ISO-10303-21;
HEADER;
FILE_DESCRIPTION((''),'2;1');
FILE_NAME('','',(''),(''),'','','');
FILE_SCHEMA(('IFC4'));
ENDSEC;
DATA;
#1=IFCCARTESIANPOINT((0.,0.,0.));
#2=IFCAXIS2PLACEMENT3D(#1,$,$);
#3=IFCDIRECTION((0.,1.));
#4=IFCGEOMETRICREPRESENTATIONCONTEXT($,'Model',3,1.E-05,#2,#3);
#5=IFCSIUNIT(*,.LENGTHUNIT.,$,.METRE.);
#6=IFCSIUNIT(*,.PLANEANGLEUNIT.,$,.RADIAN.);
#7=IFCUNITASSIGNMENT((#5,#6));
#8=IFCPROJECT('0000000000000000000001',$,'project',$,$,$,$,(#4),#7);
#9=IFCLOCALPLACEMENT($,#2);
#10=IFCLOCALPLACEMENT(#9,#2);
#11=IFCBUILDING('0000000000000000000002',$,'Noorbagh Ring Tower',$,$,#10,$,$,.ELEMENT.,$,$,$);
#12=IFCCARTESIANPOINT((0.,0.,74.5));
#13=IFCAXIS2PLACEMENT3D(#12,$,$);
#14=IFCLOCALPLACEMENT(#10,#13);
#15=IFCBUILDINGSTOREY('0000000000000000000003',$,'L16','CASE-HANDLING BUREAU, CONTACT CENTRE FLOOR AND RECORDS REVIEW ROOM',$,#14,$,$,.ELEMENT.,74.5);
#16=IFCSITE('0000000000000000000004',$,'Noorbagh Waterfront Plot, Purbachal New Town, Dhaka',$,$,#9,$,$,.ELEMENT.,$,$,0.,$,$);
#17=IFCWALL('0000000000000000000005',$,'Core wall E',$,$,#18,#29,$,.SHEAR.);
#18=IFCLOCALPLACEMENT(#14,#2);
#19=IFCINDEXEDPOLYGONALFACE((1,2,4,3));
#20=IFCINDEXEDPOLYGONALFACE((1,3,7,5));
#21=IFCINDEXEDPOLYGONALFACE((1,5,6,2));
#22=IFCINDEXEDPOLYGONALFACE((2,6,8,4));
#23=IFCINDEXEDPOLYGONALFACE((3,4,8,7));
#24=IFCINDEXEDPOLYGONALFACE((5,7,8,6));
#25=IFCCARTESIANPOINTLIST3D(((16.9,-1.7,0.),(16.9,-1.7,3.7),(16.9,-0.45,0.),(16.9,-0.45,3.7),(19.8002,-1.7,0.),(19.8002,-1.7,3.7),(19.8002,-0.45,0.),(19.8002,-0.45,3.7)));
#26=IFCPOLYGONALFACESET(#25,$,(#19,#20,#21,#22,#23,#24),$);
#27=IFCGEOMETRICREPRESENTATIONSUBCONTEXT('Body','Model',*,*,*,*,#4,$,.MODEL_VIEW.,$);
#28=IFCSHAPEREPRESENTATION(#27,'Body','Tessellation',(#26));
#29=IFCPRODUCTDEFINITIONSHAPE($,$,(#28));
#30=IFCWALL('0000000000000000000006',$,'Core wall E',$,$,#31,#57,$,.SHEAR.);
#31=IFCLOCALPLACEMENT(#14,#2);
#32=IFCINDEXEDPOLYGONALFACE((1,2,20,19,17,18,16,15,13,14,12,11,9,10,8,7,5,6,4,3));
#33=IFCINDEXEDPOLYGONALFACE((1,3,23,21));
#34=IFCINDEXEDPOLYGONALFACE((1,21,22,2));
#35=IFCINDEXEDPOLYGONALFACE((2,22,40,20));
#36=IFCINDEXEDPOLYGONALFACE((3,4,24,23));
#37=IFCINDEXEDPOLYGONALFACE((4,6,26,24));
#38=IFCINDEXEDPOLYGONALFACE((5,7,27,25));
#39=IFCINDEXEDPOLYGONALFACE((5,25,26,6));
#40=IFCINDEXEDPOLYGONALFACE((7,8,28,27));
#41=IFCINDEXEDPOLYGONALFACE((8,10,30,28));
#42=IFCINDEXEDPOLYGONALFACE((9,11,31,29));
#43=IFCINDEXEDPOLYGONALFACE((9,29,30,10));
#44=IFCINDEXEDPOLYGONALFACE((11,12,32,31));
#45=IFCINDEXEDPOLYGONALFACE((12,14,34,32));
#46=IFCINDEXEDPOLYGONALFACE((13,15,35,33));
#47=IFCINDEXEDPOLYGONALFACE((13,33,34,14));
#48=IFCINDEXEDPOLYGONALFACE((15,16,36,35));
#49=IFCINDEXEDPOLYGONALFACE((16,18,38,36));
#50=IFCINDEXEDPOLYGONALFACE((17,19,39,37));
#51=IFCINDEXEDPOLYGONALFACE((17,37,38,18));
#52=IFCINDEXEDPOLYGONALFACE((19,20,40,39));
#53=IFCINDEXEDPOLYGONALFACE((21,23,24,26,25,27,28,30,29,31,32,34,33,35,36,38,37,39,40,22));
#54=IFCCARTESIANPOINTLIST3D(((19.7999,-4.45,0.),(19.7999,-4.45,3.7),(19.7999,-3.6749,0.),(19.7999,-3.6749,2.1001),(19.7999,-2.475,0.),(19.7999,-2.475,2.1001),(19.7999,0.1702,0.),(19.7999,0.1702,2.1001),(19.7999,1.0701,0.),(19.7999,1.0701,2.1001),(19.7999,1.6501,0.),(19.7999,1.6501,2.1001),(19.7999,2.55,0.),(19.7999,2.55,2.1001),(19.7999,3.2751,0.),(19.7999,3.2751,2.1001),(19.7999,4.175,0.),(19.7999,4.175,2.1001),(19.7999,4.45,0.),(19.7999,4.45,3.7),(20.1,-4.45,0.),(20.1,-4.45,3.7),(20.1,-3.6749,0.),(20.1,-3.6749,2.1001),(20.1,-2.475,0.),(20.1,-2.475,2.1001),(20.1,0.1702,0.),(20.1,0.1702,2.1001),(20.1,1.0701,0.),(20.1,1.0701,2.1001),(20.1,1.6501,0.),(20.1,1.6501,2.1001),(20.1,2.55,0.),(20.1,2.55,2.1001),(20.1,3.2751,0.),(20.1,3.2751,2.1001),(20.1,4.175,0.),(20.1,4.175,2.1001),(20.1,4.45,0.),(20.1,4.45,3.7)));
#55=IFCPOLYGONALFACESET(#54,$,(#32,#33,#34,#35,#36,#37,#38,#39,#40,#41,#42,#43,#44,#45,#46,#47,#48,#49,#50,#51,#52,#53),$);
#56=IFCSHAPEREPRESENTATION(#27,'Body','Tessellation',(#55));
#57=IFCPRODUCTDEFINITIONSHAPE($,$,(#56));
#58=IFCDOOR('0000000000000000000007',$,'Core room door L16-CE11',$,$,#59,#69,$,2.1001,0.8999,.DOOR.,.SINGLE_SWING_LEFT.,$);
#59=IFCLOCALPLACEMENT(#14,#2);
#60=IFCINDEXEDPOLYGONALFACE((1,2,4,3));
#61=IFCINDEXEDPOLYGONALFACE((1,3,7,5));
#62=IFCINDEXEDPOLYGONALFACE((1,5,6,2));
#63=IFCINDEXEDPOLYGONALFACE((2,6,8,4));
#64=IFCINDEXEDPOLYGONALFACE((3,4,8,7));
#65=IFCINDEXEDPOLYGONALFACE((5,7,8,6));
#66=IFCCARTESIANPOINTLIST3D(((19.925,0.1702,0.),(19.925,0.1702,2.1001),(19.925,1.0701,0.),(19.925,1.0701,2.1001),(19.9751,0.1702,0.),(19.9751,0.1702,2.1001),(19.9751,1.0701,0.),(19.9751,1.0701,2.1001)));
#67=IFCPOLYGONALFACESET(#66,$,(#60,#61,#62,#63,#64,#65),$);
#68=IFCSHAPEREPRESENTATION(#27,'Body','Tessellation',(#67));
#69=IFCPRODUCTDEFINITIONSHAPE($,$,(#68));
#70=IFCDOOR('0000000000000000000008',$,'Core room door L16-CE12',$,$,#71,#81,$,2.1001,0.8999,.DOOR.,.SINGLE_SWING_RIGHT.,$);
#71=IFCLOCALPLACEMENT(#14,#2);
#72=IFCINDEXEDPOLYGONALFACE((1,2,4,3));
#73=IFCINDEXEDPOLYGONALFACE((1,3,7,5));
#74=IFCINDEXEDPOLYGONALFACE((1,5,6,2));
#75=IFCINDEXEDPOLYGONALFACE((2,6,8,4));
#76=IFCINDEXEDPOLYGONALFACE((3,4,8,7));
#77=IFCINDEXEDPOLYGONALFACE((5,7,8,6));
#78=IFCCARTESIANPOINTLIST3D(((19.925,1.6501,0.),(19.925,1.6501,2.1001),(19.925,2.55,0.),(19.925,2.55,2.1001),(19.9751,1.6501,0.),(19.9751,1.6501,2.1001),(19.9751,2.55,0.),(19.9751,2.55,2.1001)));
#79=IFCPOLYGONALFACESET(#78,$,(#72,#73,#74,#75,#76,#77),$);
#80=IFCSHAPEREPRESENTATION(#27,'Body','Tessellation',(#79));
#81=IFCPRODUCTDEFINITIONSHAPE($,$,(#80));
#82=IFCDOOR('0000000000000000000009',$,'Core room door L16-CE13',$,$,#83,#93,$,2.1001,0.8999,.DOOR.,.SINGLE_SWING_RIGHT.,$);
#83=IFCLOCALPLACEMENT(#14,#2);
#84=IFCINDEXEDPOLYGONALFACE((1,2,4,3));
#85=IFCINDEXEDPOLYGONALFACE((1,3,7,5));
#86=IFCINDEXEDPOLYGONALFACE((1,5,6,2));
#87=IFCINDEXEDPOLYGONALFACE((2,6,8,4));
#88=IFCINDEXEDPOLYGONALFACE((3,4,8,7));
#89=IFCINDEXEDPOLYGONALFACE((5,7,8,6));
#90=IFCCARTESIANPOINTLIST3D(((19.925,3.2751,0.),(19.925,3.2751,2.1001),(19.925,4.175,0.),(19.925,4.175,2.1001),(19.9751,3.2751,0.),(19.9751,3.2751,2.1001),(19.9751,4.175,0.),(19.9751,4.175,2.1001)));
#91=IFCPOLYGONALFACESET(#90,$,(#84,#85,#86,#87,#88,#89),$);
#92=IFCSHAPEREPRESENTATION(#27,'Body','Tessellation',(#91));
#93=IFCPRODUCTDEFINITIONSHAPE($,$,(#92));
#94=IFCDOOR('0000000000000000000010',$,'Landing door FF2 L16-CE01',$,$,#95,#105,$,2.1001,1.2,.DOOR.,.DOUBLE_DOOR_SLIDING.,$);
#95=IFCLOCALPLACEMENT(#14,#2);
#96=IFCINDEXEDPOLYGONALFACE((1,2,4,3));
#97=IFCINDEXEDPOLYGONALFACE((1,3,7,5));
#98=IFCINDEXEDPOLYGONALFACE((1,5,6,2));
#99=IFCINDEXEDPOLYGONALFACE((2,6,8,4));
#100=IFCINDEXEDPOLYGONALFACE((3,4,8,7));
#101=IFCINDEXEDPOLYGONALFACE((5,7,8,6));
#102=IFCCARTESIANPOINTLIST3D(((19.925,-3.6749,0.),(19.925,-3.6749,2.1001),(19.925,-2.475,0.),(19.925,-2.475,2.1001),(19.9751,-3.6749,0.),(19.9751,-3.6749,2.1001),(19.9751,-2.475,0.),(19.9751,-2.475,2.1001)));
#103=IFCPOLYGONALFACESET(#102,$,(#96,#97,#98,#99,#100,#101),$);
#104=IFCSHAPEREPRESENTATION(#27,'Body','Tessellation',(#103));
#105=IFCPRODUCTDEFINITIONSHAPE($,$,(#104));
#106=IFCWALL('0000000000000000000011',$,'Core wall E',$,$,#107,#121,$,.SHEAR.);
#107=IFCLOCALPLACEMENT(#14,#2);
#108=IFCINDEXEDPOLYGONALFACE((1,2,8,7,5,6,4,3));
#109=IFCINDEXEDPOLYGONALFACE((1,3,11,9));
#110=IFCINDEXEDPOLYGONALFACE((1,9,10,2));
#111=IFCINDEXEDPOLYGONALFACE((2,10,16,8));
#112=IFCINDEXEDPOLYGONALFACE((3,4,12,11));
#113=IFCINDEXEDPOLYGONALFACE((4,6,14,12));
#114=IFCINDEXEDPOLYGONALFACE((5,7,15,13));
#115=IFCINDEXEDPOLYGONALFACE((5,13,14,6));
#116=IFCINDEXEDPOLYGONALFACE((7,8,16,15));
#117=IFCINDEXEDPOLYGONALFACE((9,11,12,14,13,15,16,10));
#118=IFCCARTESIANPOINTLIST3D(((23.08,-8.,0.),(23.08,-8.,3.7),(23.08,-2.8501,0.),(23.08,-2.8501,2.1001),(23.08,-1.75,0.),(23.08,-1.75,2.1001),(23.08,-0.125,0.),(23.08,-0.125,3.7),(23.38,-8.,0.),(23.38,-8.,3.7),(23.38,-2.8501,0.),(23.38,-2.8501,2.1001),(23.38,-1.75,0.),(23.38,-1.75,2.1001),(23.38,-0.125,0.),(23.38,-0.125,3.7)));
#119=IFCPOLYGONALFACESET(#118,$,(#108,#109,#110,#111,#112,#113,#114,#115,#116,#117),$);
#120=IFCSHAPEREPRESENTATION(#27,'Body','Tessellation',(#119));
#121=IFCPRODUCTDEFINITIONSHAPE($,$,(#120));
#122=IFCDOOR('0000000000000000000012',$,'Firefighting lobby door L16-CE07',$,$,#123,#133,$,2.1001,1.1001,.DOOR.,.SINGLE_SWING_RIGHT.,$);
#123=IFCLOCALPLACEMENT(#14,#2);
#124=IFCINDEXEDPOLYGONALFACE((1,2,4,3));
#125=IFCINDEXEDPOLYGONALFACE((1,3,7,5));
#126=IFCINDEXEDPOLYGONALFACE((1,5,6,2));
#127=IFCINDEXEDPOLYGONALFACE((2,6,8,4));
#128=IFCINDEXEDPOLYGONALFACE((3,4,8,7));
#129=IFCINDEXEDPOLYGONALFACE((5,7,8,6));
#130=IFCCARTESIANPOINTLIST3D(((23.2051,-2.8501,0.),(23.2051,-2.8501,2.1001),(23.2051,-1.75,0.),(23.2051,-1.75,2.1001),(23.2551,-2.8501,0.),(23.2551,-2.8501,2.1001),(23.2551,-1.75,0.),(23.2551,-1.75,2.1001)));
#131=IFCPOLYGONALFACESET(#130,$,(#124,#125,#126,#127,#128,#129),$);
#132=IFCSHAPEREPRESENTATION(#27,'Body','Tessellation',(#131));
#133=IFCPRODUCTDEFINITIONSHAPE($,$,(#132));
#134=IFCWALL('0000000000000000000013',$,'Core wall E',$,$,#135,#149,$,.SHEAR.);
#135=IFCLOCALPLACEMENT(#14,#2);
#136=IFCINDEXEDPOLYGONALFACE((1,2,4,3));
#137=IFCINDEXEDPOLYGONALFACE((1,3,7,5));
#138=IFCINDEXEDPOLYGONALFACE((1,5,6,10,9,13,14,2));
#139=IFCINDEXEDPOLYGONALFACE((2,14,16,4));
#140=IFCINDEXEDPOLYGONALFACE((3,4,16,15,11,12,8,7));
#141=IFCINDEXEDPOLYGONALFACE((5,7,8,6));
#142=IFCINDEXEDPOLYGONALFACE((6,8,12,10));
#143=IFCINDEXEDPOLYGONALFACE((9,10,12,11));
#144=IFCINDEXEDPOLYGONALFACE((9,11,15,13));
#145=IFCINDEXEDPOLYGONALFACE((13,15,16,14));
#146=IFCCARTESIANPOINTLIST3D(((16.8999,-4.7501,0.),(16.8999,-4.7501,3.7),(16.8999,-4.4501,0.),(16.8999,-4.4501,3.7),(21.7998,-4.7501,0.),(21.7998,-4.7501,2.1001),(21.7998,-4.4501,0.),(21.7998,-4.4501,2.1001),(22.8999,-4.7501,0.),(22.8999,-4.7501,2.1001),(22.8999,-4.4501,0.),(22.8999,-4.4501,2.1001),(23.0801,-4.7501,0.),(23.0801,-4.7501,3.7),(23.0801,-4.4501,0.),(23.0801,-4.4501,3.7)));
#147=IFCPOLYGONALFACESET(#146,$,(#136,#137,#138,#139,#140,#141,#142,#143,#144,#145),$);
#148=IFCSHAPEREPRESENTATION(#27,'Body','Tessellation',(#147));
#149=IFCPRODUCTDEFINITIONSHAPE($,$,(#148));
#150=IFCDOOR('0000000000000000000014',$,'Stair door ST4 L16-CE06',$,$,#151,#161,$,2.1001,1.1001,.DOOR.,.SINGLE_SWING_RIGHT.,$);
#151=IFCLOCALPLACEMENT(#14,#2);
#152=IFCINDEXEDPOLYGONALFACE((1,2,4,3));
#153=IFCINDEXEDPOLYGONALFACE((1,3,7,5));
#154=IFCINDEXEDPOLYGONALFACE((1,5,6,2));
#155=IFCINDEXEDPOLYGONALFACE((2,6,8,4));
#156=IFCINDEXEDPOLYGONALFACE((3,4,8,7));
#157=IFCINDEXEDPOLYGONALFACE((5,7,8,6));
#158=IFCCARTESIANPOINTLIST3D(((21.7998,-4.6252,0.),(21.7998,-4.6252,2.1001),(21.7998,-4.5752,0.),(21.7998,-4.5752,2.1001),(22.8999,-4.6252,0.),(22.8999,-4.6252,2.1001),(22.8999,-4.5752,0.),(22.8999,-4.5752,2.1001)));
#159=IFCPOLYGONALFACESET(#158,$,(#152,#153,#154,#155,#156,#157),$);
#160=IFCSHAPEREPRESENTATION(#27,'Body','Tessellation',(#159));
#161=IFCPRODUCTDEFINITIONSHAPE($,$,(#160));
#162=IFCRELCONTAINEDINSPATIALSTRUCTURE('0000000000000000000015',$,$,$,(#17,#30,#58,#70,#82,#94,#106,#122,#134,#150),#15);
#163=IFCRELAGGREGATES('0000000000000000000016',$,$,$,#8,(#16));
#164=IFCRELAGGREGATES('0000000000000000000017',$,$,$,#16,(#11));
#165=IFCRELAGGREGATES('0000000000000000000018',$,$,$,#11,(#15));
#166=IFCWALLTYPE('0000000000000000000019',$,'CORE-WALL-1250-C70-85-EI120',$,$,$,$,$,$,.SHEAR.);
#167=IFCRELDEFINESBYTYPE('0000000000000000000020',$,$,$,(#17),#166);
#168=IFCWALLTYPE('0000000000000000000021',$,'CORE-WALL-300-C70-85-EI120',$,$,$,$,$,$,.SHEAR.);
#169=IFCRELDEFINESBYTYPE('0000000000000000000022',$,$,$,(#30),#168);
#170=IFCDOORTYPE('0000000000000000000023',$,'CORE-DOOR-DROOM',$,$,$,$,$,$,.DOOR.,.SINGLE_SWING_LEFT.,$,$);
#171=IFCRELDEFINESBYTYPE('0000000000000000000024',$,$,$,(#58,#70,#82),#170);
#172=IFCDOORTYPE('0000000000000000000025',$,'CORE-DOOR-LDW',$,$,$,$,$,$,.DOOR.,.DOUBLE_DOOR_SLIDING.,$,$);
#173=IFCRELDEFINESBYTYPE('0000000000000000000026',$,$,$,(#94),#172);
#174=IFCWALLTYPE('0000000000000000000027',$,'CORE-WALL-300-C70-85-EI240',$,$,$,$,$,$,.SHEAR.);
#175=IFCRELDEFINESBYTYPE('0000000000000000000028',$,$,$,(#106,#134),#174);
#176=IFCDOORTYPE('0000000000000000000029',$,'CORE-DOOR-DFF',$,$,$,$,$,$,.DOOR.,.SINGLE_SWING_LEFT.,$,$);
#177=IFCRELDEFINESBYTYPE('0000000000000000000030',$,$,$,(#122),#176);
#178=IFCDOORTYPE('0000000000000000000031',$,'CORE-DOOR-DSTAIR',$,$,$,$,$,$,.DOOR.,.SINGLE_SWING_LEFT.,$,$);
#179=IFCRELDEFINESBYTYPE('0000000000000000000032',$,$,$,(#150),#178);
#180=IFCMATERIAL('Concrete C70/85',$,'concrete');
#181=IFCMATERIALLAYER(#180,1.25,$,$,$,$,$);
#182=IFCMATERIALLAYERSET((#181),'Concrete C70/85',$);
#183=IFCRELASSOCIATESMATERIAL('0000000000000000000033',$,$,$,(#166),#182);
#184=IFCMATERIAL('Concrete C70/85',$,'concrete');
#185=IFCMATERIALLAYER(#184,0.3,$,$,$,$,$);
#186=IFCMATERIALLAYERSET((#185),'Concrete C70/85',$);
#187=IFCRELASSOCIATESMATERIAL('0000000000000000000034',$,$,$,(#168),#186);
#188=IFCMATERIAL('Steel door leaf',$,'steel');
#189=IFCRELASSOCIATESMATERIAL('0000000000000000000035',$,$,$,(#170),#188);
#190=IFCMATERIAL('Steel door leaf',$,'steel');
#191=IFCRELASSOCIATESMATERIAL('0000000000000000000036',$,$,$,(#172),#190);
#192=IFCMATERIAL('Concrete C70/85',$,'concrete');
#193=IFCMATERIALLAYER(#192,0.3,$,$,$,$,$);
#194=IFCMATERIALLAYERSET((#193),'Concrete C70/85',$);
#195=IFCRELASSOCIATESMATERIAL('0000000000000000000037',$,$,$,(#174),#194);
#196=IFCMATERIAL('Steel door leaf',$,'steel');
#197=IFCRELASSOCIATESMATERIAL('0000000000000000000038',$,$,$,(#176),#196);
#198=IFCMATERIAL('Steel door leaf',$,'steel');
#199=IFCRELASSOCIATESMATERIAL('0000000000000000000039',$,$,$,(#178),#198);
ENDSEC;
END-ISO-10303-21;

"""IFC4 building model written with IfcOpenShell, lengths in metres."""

from ifc_helpers import new_model, si_unit, direction, frame, frame_2d, origin, place, context, subcontext, project, spatial, rectangle, extrude, material, layer, layer_set, type_object, element, fill, save


model = new_model("IFC4")

# Units and contexts
model_context = context("Model", 3, precision=1e-05, world=origin(), true_north=direction((0.0, 1.0)))
body_context = subcontext(model_context, "Body", "Model", "MODEL_VIEW")
ifc_project = project(units=[si_unit("LENGTHUNIT", "METRE"), si_unit("PLANEANGLEUNIT", "RADIAN")], contexts=[model_context])

# Site, building, storey
site_placement = place(None, origin())
site = spatial("IfcSite", under=ifc_project, at=site_placement, Name="Noorbagh Waterfront Plot, Purbachal New Town, Dhaka", CompositionType="ELEMENT", RefElevation=0.0)
building_placement = place(site_placement, origin())
building = spatial("IfcBuilding", under=site, at=building_placement, Name="Noorbagh Ring Tower", CompositionType="ELEMENT")
storey_placement = place(building_placement, frame((0.0, 0.0, 74.5)))
storey = spatial("IfcBuildingStorey", under=building, at=storey_placement, Name="L16", Description="CASE-HANDLING BUREAU, CONTACT CENTRE FLOOR AND RECORDS REVIEW ROOM", CompositionType="ELEMENT", Elevation=74.5)

# Wall
ifc_material_1 = material(Name="Concrete C70/85", Category="concrete")
ifc_layer_1 = layer(ifc_material_1, 1.25)
ifc_layer_set_1 = layer_set([ifc_layer_1], Name="Concrete C70/85")
wall_type_1 = type_object("IfcWallType", Name="CORE-WALL-1250-C70-85-EI120", PredefinedType="SHEAR", material=ifc_layer_set_1)
wall_1_placement = place(storey_placement, frame((16.8999, -1.075, 0.0), z_axis=(0.0, 0.0, 1.0), x_axis=(1.0, 0.0, 0.0)))
element("IfcWall", 1, at=wall_1_placement, inside=storey, type_object=wall_type_1, Name="Core wall E", PredefinedType="SHEAR", context=body_context, shape_type="SweptSolid", body=[
    extrude(rectangle(XDim=2.9001, YDim=1.25, at=frame_2d((1.4502, 0.0))), origin(), (0.0, 0.0, 1.0), 3.7),
])

# Wall, openings, doors
ifc_material_2 = material(Name="Concrete C70/85", Category="concrete")
ifc_layer_2 = layer(ifc_material_2, 0.3)
ifc_layer_set_2 = layer_set([ifc_layer_2], Name="Concrete C70/85")
wall_type_2 = type_object("IfcWallType", Name="CORE-WALL-300-C70-85-EI120", PredefinedType="SHEAR", material=ifc_layer_set_2)
wall_2_placement = place(storey_placement, frame((19.95, -4.45, 0.0), z_axis=(0.0, 0.0, 1.0), x_axis=(0.0, 1.0, 0.0)))
wall_2 = element("IfcWall", 2, at=wall_2_placement, inside=storey, type_object=wall_type_2, Name="Core wall E", PredefinedType="SHEAR", context=body_context, shape_type="SweptSolid", body=[
    extrude(rectangle(XDim=8.8999, YDim=0.3, at=frame_2d((4.45, 0.0))), origin(), (0.0, 0.0, 1.0), 3.7),
])
opening_1_placement = place(wall_2_placement, frame((0.7749, 0.0, 0.0)))
opening_1 = element("IfcOpeningElement", 3, at=opening_1_placement, cuts=wall_2, PredefinedType="OPENING", context=body_context, shape_type="SweptSolid", body=[
    extrude(rectangle(XDim=1.2, YDim=2.1001, at=frame_2d((0.6001, 1.05))), frame((0.0, 0.1602, 0.0), z_axis=(0.0, -1.0, 0.0), x_axis=(1.0, 0.0, 0.0)), (0.0, 0.0, 1.0), 0.3201),
])
opening_2_placement = place(wall_2_placement, frame((4.6201, 0.0, 0.0)))
opening_2 = element("IfcOpeningElement", 4, at=opening_2_placement, cuts=wall_2, PredefinedType="OPENING", context=body_context, shape_type="SweptSolid", body=[
    extrude(rectangle(XDim=0.8999, YDim=2.1001, at=frame_2d((0.45, 1.05))), frame((0.0, 0.1602, 0.0), z_axis=(0.0, -1.0, 0.0), x_axis=(1.0, 0.0, 0.0)), (0.0, 0.0, 1.0), 0.3201),
])
opening_3_placement = place(wall_2_placement, frame((6.1001, 0.0, 0.0)))
opening_3 = element("IfcOpeningElement", 5, at=opening_3_placement, cuts=wall_2, PredefinedType="OPENING", context=body_context, shape_type="SweptSolid", body=[
    extrude(rectangle(XDim=0.8999, YDim=2.1001, at=frame_2d((0.45, 1.05))), frame((0.0, 0.1602, 0.0), z_axis=(0.0, -1.0, 0.0), x_axis=(1.0, 0.0, 0.0)), (0.0, 0.0, 1.0), 0.3201),
])
opening_4_placement = place(wall_2_placement, frame((7.7251, 0.0, 0.0)))
opening_4 = element("IfcOpeningElement", 6, at=opening_4_placement, cuts=wall_2, PredefinedType="OPENING", context=body_context, shape_type="SweptSolid", body=[
    extrude(rectangle(XDim=0.8999, YDim=2.1001, at=frame_2d((0.45, 1.05))), frame((0.0, 0.1602, 0.0), z_axis=(0.0, -1.0, 0.0), x_axis=(1.0, 0.0, 0.0)), (0.0, 0.0, 1.0), 0.3201),
])
ifc_material_3 = material(Name="Steel door leaf", Category="steel")
door_type_1 = type_object("IfcDoorType", Name="CORE-DOOR-DROOM", OperationType="SINGLE_SWING_LEFT", PredefinedType="DOOR", material=ifc_material_3)
door_1_placement = place(opening_2_placement, origin())
door_1 = element("IfcDoor", 7, at=door_1_placement, inside=storey, type_object=door_type_1, Name="Core room door L16-CE11", OperationType="SINGLE_SWING_LEFT", OverallHeight=2.1001, OverallWidth=0.8999, PredefinedType="DOOR", context=body_context, shape_type="SweptSolid", body=[
    extrude(rectangle(XDim=0.8999, YDim=2.1001, at=frame_2d((0.45, 1.05))), frame((0.0, 0.0249, 0.0), z_axis=(0.0, -1.0, 0.0), x_axis=(1.0, 0.0, 0.0)), (0.0, 0.0, 1.0), 0.05),
])
fill(opening_2, door_1)
door_2_placement = place(opening_3_placement, origin())
door_2 = element("IfcDoor", 8, at=door_2_placement, inside=storey, type_object=door_type_1, Name="Core room door L16-CE12", OperationType="SINGLE_SWING_RIGHT", OverallHeight=2.1001, OverallWidth=0.8999, PredefinedType="DOOR", context=body_context, shape_type="SweptSolid", body=[
    extrude(rectangle(XDim=0.8999, YDim=2.1001, at=frame_2d((0.45, 1.05))), frame((0.0, 0.0249, 0.0), z_axis=(0.0, -1.0, 0.0), x_axis=(1.0, 0.0, 0.0)), (0.0, 0.0, 1.0), 0.05),
])
fill(opening_3, door_2)
door_3_placement = place(opening_4_placement, origin())
door_3 = element("IfcDoor", 9, at=door_3_placement, inside=storey, type_object=door_type_1, Name="Core room door L16-CE13", OperationType="SINGLE_SWING_RIGHT", OverallHeight=2.1001, OverallWidth=0.8999, PredefinedType="DOOR", context=body_context, shape_type="SweptSolid", body=[
    extrude(rectangle(XDim=0.8999, YDim=2.1001, at=frame_2d((0.45, 1.05))), frame((0.0, 0.0249, 0.0), z_axis=(0.0, -1.0, 0.0), x_axis=(1.0, 0.0, 0.0)), (0.0, 0.0, 1.0), 0.05),
])
fill(opening_4, door_3)
ifc_material_4 = material(Name="Steel door leaf", Category="steel")
door_type_2 = type_object("IfcDoorType", Name="CORE-DOOR-LDW", OperationType="DOUBLE_DOOR_SLIDING", PredefinedType="DOOR", material=ifc_material_4)
door_4_placement = place(opening_1_placement, origin())
door_4 = element("IfcDoor", 10, at=door_4_placement, inside=storey, type_object=door_type_2, Name="Landing door FF2 L16-CE01", OperationType="DOUBLE_DOOR_SLIDING", OverallHeight=2.1001, OverallWidth=1.2, PredefinedType="DOOR", context=body_context, shape_type="SweptSolid", body=[
    extrude(rectangle(XDim=1.2, YDim=2.1001, at=frame_2d((0.6001, 1.05))), frame((0.0, 0.0249, 0.0), z_axis=(0.0, -1.0, 0.0), x_axis=(1.0, 0.0, 0.0)), (0.0, 0.0, 1.0), 0.05),
])
fill(opening_1, door_4)

# Walls, openings, doors
ifc_material_5 = material(Name="Concrete C70/85", Category="concrete")
ifc_layer_3 = layer(ifc_material_5, 0.3)
ifc_layer_set_3 = layer_set([ifc_layer_3], Name="Concrete C70/85")
wall_type_3 = type_object("IfcWallType", Name="CORE-WALL-300-C70-85-EI240", PredefinedType="SHEAR", material=ifc_layer_set_3)
wall_3_placement = place(storey_placement, frame((23.23, -8.0, 0.0), z_axis=(0.0, 0.0, 1.0), x_axis=(0.0, 1.0, 0.0)))
wall_3 = element("IfcWall", 11, at=wall_3_placement, inside=storey, type_object=wall_type_3, Name="Core wall E", PredefinedType="SHEAR", context=body_context, shape_type="SweptSolid", body=[
    extrude(rectangle(XDim=7.875, YDim=0.3, at=frame_2d((3.9375, 0.0))), origin(), (0.0, 0.0, 1.0), 3.7),
])
opening_5_placement = place(wall_3_placement, frame((5.1499, 0.0, 0.0)))
opening_5 = element("IfcOpeningElement", 12, at=opening_5_placement, cuts=wall_3, PredefinedType="OPENING", context=body_context, shape_type="SweptSolid", body=[
    extrude(rectangle(XDim=1.1001, YDim=2.1001, at=frame_2d((0.55, 1.05))), frame((0.0, 0.1602, 0.0), z_axis=(0.0, -1.0, 0.0), x_axis=(1.0, 0.0, 0.0)), (0.0, 0.0, 1.0), 0.3201),
])
ifc_material_6 = material(Name="Steel door leaf", Category="steel")
door_type_3 = type_object("IfcDoorType", Name="CORE-DOOR-DFF", OperationType="SINGLE_SWING_LEFT", PredefinedType="DOOR", material=ifc_material_6)
door_5_placement = place(opening_5_placement, origin())
door_5 = element("IfcDoor", 13, at=door_5_placement, inside=storey, type_object=door_type_3, Name="Firefighting lobby door L16-CE07", OperationType="SINGLE_SWING_RIGHT", OverallHeight=2.1001, OverallWidth=1.1001, PredefinedType="DOOR", context=body_context, shape_type="SweptSolid", body=[
    extrude(rectangle(XDim=1.1001, YDim=2.1001, at=frame_2d((0.55, 1.05))), frame((0.0, 0.0249, 0.0), z_axis=(0.0, -1.0, 0.0), x_axis=(1.0, 0.0, 0.0)), (0.0, 0.0, 1.0), 0.05),
])
fill(opening_5, door_5)
wall_4_placement = place(storey_placement, frame((16.8999, -4.6001, 0.0), z_axis=(0.0, 0.0, 1.0), x_axis=(1.0, 0.0, 0.0)))
wall_4 = element("IfcWall", 14, at=wall_4_placement, inside=storey, type_object=wall_type_3, Name="Core wall E", PredefinedType="SHEAR", context=body_context, shape_type="SweptSolid", body=[
    extrude(rectangle(XDim=6.1802, YDim=0.3, at=frame_2d((3.0901, 0.0))), origin(), (0.0, 0.0, 1.0), 3.7),
])
opening_6_placement = place(wall_4_placement, frame((4.8999, 0.0, 0.0)))
opening_6 = element("IfcOpeningElement", 15, at=opening_6_placement, cuts=wall_4, PredefinedType="OPENING", context=body_context, shape_type="SweptSolid", body=[
    extrude(rectangle(XDim=1.1001, YDim=2.1001, at=frame_2d((0.55, 1.05))), frame((0.0, 0.1602, 0.0), z_axis=(0.0, -1.0, 0.0), x_axis=(1.0, 0.0, 0.0)), (0.0, 0.0, 1.0), 0.3201),
])
ifc_material_7 = material(Name="Steel door leaf", Category="steel")
door_type_4 = type_object("IfcDoorType", Name="CORE-DOOR-DSTAIR", OperationType="SINGLE_SWING_LEFT", PredefinedType="DOOR", material=ifc_material_7)
door_6_placement = place(opening_6_placement, origin())
door_6 = element("IfcDoor", 16, at=door_6_placement, inside=storey, type_object=door_type_4, Name="Stair door ST4 L16-CE06", OperationType="SINGLE_SWING_RIGHT", OverallHeight=2.1001, OverallWidth=1.1001, PredefinedType="DOOR", context=body_context, shape_type="SweptSolid", body=[
    extrude(rectangle(XDim=1.1001, YDim=2.1001, at=frame_2d((0.55, 1.05))), frame((0.0, 0.0249, 0.0), z_axis=(0.0, -1.0, 0.0), x_axis=(1.0, 0.0, 0.0)), (0.0, 0.0, 1.0), 0.05),
])
fill(opening_6, door_6)

save(model, "model.ifc")
